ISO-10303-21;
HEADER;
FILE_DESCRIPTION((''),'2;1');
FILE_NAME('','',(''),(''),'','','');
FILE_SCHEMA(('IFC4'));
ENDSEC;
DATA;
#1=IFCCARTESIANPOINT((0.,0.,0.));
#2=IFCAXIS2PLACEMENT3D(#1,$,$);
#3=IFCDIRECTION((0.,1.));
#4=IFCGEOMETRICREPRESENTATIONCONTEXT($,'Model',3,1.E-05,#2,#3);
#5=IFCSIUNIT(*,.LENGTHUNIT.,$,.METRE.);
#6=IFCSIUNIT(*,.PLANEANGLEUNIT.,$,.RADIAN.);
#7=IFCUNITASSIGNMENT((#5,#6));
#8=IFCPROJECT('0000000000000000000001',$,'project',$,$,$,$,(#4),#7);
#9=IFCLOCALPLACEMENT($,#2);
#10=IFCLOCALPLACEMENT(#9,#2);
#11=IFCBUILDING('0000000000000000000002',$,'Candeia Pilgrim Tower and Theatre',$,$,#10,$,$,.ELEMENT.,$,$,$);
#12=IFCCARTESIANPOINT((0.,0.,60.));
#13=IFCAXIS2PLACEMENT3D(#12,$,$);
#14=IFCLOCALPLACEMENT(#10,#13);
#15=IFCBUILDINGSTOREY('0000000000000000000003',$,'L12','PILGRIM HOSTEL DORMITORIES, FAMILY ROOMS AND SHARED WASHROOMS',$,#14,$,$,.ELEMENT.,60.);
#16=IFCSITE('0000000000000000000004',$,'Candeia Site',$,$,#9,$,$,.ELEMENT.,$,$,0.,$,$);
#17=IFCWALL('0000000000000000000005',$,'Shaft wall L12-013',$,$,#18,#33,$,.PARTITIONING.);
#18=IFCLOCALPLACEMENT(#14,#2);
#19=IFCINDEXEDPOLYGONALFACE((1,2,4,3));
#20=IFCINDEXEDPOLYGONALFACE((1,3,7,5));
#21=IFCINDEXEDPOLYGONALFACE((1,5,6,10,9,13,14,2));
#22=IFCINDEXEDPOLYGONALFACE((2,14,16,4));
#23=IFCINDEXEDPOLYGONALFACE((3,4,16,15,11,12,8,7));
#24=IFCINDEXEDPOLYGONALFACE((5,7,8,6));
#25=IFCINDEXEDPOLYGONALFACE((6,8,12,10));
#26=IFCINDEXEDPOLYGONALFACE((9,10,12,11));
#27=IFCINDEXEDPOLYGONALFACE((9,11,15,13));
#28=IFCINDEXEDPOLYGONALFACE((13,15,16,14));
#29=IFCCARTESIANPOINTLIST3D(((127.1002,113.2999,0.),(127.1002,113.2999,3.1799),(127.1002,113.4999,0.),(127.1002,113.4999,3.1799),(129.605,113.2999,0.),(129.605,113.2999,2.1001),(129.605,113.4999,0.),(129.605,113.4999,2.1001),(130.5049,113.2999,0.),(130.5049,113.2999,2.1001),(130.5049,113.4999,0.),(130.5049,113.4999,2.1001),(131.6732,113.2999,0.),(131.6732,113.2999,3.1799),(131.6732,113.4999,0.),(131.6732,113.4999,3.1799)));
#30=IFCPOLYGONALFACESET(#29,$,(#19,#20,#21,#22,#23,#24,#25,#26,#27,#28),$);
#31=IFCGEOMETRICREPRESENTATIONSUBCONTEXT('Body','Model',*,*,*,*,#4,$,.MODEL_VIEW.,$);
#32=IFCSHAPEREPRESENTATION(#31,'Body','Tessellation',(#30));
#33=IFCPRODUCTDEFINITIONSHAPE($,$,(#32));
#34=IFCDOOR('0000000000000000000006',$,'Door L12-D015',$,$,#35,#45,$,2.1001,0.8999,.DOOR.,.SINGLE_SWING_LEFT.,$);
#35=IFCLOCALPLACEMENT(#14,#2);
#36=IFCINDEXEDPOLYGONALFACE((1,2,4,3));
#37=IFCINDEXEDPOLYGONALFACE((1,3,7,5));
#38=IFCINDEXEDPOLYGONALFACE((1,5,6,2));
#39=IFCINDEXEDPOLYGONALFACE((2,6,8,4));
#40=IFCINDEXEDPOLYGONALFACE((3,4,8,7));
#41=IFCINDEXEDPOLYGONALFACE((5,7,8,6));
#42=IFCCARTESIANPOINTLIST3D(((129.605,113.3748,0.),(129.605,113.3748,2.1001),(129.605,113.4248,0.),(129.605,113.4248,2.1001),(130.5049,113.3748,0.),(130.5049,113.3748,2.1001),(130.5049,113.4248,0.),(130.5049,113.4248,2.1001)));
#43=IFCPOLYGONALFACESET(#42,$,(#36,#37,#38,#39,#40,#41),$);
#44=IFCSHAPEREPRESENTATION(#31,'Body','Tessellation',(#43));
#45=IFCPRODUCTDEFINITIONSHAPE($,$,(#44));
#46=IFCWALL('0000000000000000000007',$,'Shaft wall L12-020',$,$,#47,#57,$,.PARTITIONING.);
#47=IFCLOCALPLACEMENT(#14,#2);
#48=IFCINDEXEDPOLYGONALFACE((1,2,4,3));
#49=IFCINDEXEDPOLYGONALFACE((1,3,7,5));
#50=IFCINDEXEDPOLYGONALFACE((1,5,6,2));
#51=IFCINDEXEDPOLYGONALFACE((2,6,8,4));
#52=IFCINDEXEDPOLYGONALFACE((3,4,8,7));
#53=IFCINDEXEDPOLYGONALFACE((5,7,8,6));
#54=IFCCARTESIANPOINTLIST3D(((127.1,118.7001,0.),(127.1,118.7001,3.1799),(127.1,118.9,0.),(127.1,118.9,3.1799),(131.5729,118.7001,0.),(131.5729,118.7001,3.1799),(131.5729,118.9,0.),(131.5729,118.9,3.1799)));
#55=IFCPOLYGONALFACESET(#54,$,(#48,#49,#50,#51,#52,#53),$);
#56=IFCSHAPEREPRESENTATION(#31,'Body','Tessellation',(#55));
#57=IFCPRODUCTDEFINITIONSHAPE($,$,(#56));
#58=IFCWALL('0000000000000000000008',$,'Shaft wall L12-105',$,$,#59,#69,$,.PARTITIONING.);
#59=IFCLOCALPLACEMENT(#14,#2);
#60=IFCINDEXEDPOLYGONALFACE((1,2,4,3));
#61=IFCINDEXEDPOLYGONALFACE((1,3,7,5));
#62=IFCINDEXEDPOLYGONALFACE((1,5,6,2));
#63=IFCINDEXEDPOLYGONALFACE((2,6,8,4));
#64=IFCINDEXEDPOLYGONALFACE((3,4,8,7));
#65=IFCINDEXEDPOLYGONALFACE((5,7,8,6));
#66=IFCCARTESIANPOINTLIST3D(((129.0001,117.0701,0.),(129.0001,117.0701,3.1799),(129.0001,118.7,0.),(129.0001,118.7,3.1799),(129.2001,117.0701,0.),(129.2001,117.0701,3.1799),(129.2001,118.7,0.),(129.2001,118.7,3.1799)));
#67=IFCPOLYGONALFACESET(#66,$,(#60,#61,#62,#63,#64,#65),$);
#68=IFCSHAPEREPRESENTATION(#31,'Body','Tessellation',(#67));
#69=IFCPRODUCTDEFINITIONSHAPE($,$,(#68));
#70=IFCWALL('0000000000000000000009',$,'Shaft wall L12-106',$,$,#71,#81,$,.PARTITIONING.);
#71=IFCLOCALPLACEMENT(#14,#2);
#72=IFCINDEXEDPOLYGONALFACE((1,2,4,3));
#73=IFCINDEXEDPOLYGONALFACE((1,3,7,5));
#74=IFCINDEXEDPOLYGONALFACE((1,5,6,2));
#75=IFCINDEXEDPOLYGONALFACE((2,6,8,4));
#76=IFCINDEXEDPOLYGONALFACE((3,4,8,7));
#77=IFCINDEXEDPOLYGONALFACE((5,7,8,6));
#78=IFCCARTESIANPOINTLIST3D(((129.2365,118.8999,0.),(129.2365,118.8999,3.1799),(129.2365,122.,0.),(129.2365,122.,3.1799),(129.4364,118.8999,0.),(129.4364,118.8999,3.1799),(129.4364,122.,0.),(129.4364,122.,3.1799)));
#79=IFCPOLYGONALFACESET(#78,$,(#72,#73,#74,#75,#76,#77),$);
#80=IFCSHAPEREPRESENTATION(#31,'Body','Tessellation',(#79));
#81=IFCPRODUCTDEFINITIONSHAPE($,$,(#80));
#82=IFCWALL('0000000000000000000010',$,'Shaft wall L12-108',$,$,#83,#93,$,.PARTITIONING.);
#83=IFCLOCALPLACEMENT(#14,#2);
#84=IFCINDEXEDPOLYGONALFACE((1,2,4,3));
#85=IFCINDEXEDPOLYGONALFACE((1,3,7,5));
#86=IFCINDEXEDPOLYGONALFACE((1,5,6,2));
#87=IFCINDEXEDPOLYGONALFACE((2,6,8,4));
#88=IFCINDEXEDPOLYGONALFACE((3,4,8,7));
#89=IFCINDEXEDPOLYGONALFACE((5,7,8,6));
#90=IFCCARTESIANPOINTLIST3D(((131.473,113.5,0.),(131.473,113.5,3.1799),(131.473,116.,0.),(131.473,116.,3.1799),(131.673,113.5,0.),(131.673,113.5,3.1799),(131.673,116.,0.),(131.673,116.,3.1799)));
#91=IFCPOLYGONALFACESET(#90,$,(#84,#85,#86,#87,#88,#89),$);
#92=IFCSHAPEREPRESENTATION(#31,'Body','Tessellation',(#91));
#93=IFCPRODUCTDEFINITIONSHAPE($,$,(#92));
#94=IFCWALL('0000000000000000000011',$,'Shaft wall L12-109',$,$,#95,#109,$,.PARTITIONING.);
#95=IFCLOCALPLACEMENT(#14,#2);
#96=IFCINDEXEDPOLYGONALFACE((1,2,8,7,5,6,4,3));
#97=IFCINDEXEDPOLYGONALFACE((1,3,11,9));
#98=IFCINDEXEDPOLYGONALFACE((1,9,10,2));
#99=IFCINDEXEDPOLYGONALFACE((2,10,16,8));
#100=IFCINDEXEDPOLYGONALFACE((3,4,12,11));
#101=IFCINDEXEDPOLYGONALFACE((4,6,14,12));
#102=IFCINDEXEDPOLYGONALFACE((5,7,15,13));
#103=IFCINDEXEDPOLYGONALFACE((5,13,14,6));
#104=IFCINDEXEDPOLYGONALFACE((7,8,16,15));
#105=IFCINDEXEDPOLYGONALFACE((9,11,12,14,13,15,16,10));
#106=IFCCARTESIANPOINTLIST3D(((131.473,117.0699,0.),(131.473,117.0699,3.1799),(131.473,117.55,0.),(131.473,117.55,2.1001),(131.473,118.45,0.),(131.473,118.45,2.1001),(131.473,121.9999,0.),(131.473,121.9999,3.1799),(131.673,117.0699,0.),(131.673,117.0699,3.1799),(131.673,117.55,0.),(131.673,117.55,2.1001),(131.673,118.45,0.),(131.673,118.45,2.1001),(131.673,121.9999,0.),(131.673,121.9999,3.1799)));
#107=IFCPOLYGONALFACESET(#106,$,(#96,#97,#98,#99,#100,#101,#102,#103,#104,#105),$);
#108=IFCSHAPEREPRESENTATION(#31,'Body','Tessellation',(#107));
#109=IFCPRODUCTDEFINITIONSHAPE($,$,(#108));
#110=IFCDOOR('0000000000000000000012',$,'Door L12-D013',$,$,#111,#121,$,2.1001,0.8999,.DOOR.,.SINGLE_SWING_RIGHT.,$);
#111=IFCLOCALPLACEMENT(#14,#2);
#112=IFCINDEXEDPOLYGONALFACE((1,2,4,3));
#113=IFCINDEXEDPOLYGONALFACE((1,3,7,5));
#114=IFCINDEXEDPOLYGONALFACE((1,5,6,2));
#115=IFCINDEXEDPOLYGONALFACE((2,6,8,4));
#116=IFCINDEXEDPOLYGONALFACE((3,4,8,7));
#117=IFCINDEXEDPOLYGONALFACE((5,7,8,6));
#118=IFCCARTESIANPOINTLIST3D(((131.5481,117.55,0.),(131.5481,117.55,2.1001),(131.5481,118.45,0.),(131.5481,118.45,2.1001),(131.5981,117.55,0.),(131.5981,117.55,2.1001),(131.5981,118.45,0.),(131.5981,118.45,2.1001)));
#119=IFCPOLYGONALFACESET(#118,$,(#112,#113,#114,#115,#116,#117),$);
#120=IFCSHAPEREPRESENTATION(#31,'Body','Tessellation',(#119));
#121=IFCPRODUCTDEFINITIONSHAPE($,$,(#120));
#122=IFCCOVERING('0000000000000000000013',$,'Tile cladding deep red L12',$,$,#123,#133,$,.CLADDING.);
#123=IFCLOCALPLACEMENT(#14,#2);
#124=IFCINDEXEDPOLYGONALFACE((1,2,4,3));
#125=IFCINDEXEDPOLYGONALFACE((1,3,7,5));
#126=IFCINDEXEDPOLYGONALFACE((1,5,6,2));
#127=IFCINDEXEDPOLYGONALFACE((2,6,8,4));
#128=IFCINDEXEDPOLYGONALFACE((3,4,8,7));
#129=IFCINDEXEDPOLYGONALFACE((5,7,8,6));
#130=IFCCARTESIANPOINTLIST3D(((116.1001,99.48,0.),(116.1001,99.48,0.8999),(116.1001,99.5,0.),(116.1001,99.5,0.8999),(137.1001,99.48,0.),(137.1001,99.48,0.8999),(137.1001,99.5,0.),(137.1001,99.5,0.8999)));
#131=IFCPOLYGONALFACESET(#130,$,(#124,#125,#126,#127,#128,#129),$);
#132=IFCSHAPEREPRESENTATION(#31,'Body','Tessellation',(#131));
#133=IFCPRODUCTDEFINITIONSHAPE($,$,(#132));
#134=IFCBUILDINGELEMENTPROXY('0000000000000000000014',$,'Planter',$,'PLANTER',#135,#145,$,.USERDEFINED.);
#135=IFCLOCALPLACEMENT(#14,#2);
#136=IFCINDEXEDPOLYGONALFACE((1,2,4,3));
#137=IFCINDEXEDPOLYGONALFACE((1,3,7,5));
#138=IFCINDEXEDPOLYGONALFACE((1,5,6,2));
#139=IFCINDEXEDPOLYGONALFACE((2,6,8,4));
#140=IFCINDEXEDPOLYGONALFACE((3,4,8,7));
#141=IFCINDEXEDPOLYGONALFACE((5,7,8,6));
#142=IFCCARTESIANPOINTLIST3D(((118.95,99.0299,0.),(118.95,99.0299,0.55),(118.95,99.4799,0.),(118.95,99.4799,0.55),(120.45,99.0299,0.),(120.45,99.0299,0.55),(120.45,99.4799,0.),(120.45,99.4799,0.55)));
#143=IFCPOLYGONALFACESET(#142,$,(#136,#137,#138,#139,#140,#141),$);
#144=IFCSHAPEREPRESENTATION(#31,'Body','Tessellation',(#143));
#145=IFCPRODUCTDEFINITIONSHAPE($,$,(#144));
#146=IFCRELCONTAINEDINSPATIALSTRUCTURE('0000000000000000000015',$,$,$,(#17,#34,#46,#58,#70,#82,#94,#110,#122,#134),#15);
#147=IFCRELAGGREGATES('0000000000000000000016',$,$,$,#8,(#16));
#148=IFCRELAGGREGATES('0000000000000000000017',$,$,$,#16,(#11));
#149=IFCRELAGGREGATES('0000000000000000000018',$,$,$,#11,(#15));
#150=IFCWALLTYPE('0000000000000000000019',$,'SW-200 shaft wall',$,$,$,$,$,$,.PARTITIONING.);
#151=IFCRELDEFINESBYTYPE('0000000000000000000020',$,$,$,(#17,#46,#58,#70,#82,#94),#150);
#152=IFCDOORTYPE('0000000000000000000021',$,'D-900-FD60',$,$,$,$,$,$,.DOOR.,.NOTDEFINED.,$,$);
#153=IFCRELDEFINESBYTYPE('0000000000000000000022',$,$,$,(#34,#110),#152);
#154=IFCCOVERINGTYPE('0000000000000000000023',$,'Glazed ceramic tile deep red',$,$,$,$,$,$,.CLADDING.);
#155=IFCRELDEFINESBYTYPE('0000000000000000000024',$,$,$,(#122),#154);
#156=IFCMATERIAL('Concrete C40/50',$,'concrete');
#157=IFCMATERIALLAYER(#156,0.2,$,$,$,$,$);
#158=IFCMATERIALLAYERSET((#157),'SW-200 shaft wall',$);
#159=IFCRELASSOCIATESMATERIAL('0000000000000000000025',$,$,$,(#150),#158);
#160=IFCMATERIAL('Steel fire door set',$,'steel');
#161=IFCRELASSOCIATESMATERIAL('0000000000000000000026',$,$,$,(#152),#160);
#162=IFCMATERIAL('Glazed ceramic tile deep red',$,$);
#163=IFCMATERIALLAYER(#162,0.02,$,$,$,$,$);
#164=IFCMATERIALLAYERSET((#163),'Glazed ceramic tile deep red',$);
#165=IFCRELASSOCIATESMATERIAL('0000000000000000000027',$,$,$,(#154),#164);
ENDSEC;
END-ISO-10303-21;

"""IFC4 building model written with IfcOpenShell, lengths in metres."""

from ifc_helpers import new_model, si_unit, direction, frame, frame_2d, origin, origin_2d, place, context, subcontext, project, spatial, rectangle, extrude, material, layer, layer_set, type_object, element, fill, save


model = new_model("IFC4")

# Units and contexts
model_context = context("Model", 3, precision=1e-05, world=origin(), true_north=direction((0.0, 1.0)))
body_context = subcontext(model_context, "Body", "Model", "MODEL_VIEW")
ifc_project = project(units=[si_unit("LENGTHUNIT", "METRE"), si_unit("PLANEANGLEUNIT", "RADIAN")], contexts=[model_context])

# Site, building, storey
site_placement = place(None, origin())
site = spatial("IfcSite", under=ifc_project, at=site_placement, Name="Candeia Site", CompositionType="ELEMENT", RefElevation=0.0)
building_placement = place(site_placement, origin())
building = spatial("IfcBuilding", under=site, at=building_placement, Name="Candeia Pilgrim Tower and Theatre", CompositionType="ELEMENT")
storey_placement = place(building_placement, frame((0.0, 0.0, 60.0)))
storey = spatial("IfcBuildingStorey", under=building, at=storey_placement, Name="L12", Description="PILGRIM HOSTEL DORMITORIES, FAMILY ROOMS AND SHARED WASHROOMS", CompositionType="ELEMENT", Elevation=60.0)

# Shared definitions
ifc_material_1 = material(Name="Steel fire door set", Category="steel")

# Wall, opening, door
ifc_material_2 = material(Name="Concrete C40/50", Category="concrete")
ifc_layer_1 = layer(ifc_material_2, 0.2)
ifc_layer_set_1 = layer_set([ifc_layer_1], Name="SW-200 shaft wall")
wall_type_1 = type_object("IfcWallType", Name="SW-200 shaft wall", PredefinedType="PARTITIONING", material=ifc_layer_set_1)
wall_1_placement = place(storey_placement, frame((127.1001, 113.3999, 0.0), z_axis=(0.0, 0.0, 1.0), x_axis=(1.0, 0.0, 0.0)))
wall_1 = element("IfcWall", 1, at=wall_1_placement, inside=storey, type_object=wall_type_1, Name="Shaft wall L12-013", PredefinedType="PARTITIONING", context=body_context, shape_type="SweptSolid", body=[
    extrude(rectangle(XDim=4.573, YDim=0.2, at=frame_2d((2.2866, 0.0))), origin(), (0.0, 0.0, 1.0), 3.1799),
])
opening_1_placement = place(wall_1_placement, frame((2.5049, 0.0, 0.0)))
opening_1 = element("IfcOpeningElement", 2, at=opening_1_placement, cuts=wall_1, PredefinedType="OPENING", context=body_context, shape_type="SweptSolid", body=[
    extrude(rectangle(XDim=0.8999, YDim=2.1001, at=frame_2d((0.45, 1.05))), frame((0.0, 0.1099, 0.0), z_axis=(0.0, -1.0, 0.0), x_axis=(1.0, 0.0, 0.0)), (0.0, 0.0, 1.0), 0.22),
])
door_type_1 = type_object("IfcDoorType", Name="D-900-FD60", OperationType="NOTDEFINED", PredefinedType="DOOR", material=ifc_material_1)
door_1_placement = place(opening_1_placement, origin())
door_1 = element("IfcDoor", 3, at=door_1_placement, inside=storey, type_object=door_type_1, Name="Door L12-D015", OperationType="SINGLE_SWING_LEFT", OverallHeight=2.1001, OverallWidth=0.8999, PredefinedType="DOOR", context=body_context, shape_type="SweptSolid", body=[
    extrude(rectangle(XDim=0.8999, YDim=2.1001, at=frame_2d((0.45, 1.05))), frame((0.0, 0.0249, 0.0), z_axis=(0.0, -1.0, 0.0), x_axis=(1.0, 0.0, 0.0)), (0.0, 0.0, 1.0), 0.05),
])
fill(opening_1, door_1)

# Walls
wall_2_placement = place(storey_placement, frame((127.1001, 118.8, 0.0), z_axis=(0.0, 0.0, 1.0), x_axis=(1.0, 0.0, 0.0)))
element("IfcWall", 4, at=wall_2_placement, inside=storey, type_object=wall_type_1, Name="Shaft wall L12-020", PredefinedType="PARTITIONING", context=body_context, shape_type="SweptSolid", body=[
    extrude(rectangle(XDim=4.4729, YDim=0.2, at=frame_2d((2.2363, 0.0))), origin(), (0.0, 0.0, 1.0), 3.1799),
])
wall_3_placement = place(storey_placement, frame((129.1001, 117.0701, 0.0), z_axis=(0.0, 0.0, 1.0), x_axis=(0.0, 1.0, 0.0)))
element("IfcWall", 5, at=wall_3_placement, inside=storey, type_object=wall_type_1, Name="Shaft wall L12-105", PredefinedType="PARTITIONING", context=body_context, shape_type="SweptSolid", body=[
    extrude(rectangle(XDim=1.6299, YDim=0.2, at=frame_2d((0.8149, 0.0))), origin(), (0.0, 0.0, 1.0), 3.1799),
])
wall_4_placement = place(storey_placement, frame((129.3364, 118.8999, 0.0), z_axis=(0.0, 0.0, 1.0), x_axis=(0.0, 1.0, 0.0)))
element("IfcWall", 6, at=wall_4_placement, inside=storey, type_object=wall_type_1, Name="Shaft wall L12-106", PredefinedType="PARTITIONING", context=body_context, shape_type="SweptSolid", body=[
    extrude(rectangle(XDim=3.1001, YDim=0.2, at=frame_2d((1.55, 0.0))), origin(), (0.0, 0.0, 1.0), 3.1799),
])
wall_5_placement = place(storey_placement, frame((131.573, 113.5, 0.0), z_axis=(0.0, 0.0, 1.0), x_axis=(0.0, 1.0, 0.0)))
element("IfcWall", 7, at=wall_5_placement, inside=storey, type_object=wall_type_1, Name="Shaft wall L12-108", PredefinedType="PARTITIONING", context=body_context, shape_type="SweptSolid", body=[
    extrude(rectangle(XDim=2.5, YDim=0.2, at=frame_2d((1.25, 0.0))), origin(), (0.0, 0.0, 1.0), 3.1799),
])

# Wall, opening, door
wall_6_placement = place(storey_placement, frame((131.573, 117.0701, 0.0), z_axis=(0.0, 0.0, 1.0), x_axis=(0.0, 1.0, 0.0)))
wall_6 = element("IfcWall", 8, at=wall_6_placement, inside=storey, type_object=wall_type_1, Name="Shaft wall L12-109", PredefinedType="PARTITIONING", context=body_context, shape_type="SweptSolid", body=[
    extrude(rectangle(XDim=4.9299, YDim=0.2, at=frame_2d((2.4648, 0.0))), origin(), (0.0, 0.0, 1.0), 3.1799),
])
opening_2_placement = place(wall_6_placement, frame((0.48, 0.0, 0.0)))
opening_2 = element("IfcOpeningElement", 9, at=opening_2_placement, cuts=wall_6, PredefinedType="OPENING", context=body_context, shape_type="SweptSolid", body=[
    extrude(rectangle(XDim=0.8999, YDim=2.1001, at=frame_2d((0.45, 1.05))), frame((0.0, 0.1099, 0.0), z_axis=(0.0, -1.0, 0.0), x_axis=(1.0, 0.0, 0.0)), (0.0, 0.0, 1.0), 0.22),
])
door_2_placement = place(opening_2_placement, origin())
door_2 = element("IfcDoor", 10, at=door_2_placement, inside=storey, type_object=door_type_1, Name="Door L12-D013", OperationType="SINGLE_SWING_RIGHT", OverallHeight=2.1001, OverallWidth=0.8999, PredefinedType="DOOR", context=body_context, shape_type="SweptSolid", body=[
    extrude(rectangle(XDim=0.8999, YDim=2.1001, at=frame_2d((0.45, 1.05))), frame((0.0, 0.0249, 0.0), z_axis=(0.0, -1.0, 0.0), x_axis=(1.0, 0.0, 0.0)), (0.0, 0.0, 1.0), 0.05),
])
fill(opening_2, door_2)

# Covering
ifc_material_3 = material(Name="Glazed ceramic tile deep red")
ifc_layer_2 = layer(ifc_material_3, 0.02)
ifc_layer_set_2 = layer_set([ifc_layer_2], Name="Glazed ceramic tile deep red")
covering_type = type_object("IfcCoveringType", Name="Glazed ceramic tile deep red", PredefinedType="CLADDING", material=ifc_layer_set_2)
covering_placement = place(storey_placement, frame((126.6001, 99.49, 0.0), z_axis=(0.0, 0.0, 1.0), x_axis=(1.0, 0.0, 0.0)))
element("IfcCovering", 11, at=covering_placement, inside=storey, type_object=covering_type, Name="Tile cladding deep red L12", PredefinedType="CLADDING", context=body_context, shape_type="SweptSolid", body=[
    extrude(rectangle(XDim=21.0, YDim=0.02, at=origin_2d()), origin(), (0.0, 0.0, 1.0), 0.8999),
])

# Building element proxy
proxy_placement = place(storey_placement, frame((119.7, 99.2549, 0.0), z_axis=(0.0, 0.0, 1.0), x_axis=(1.0, 0.0, 0.0)))
element("IfcBuildingElementProxy", 12, at=proxy_placement, inside=storey, Name="Planter", ObjectType="PLANTER", PredefinedType="USERDEFINED", context=body_context, shape_type="SweptSolid", body=[
    extrude(rectangle(XDim=1.5, YDim=0.45, at=origin_2d()), origin(), (0.0, 0.0, 1.0), 0.55),
])

save(model, "model.ifc")
